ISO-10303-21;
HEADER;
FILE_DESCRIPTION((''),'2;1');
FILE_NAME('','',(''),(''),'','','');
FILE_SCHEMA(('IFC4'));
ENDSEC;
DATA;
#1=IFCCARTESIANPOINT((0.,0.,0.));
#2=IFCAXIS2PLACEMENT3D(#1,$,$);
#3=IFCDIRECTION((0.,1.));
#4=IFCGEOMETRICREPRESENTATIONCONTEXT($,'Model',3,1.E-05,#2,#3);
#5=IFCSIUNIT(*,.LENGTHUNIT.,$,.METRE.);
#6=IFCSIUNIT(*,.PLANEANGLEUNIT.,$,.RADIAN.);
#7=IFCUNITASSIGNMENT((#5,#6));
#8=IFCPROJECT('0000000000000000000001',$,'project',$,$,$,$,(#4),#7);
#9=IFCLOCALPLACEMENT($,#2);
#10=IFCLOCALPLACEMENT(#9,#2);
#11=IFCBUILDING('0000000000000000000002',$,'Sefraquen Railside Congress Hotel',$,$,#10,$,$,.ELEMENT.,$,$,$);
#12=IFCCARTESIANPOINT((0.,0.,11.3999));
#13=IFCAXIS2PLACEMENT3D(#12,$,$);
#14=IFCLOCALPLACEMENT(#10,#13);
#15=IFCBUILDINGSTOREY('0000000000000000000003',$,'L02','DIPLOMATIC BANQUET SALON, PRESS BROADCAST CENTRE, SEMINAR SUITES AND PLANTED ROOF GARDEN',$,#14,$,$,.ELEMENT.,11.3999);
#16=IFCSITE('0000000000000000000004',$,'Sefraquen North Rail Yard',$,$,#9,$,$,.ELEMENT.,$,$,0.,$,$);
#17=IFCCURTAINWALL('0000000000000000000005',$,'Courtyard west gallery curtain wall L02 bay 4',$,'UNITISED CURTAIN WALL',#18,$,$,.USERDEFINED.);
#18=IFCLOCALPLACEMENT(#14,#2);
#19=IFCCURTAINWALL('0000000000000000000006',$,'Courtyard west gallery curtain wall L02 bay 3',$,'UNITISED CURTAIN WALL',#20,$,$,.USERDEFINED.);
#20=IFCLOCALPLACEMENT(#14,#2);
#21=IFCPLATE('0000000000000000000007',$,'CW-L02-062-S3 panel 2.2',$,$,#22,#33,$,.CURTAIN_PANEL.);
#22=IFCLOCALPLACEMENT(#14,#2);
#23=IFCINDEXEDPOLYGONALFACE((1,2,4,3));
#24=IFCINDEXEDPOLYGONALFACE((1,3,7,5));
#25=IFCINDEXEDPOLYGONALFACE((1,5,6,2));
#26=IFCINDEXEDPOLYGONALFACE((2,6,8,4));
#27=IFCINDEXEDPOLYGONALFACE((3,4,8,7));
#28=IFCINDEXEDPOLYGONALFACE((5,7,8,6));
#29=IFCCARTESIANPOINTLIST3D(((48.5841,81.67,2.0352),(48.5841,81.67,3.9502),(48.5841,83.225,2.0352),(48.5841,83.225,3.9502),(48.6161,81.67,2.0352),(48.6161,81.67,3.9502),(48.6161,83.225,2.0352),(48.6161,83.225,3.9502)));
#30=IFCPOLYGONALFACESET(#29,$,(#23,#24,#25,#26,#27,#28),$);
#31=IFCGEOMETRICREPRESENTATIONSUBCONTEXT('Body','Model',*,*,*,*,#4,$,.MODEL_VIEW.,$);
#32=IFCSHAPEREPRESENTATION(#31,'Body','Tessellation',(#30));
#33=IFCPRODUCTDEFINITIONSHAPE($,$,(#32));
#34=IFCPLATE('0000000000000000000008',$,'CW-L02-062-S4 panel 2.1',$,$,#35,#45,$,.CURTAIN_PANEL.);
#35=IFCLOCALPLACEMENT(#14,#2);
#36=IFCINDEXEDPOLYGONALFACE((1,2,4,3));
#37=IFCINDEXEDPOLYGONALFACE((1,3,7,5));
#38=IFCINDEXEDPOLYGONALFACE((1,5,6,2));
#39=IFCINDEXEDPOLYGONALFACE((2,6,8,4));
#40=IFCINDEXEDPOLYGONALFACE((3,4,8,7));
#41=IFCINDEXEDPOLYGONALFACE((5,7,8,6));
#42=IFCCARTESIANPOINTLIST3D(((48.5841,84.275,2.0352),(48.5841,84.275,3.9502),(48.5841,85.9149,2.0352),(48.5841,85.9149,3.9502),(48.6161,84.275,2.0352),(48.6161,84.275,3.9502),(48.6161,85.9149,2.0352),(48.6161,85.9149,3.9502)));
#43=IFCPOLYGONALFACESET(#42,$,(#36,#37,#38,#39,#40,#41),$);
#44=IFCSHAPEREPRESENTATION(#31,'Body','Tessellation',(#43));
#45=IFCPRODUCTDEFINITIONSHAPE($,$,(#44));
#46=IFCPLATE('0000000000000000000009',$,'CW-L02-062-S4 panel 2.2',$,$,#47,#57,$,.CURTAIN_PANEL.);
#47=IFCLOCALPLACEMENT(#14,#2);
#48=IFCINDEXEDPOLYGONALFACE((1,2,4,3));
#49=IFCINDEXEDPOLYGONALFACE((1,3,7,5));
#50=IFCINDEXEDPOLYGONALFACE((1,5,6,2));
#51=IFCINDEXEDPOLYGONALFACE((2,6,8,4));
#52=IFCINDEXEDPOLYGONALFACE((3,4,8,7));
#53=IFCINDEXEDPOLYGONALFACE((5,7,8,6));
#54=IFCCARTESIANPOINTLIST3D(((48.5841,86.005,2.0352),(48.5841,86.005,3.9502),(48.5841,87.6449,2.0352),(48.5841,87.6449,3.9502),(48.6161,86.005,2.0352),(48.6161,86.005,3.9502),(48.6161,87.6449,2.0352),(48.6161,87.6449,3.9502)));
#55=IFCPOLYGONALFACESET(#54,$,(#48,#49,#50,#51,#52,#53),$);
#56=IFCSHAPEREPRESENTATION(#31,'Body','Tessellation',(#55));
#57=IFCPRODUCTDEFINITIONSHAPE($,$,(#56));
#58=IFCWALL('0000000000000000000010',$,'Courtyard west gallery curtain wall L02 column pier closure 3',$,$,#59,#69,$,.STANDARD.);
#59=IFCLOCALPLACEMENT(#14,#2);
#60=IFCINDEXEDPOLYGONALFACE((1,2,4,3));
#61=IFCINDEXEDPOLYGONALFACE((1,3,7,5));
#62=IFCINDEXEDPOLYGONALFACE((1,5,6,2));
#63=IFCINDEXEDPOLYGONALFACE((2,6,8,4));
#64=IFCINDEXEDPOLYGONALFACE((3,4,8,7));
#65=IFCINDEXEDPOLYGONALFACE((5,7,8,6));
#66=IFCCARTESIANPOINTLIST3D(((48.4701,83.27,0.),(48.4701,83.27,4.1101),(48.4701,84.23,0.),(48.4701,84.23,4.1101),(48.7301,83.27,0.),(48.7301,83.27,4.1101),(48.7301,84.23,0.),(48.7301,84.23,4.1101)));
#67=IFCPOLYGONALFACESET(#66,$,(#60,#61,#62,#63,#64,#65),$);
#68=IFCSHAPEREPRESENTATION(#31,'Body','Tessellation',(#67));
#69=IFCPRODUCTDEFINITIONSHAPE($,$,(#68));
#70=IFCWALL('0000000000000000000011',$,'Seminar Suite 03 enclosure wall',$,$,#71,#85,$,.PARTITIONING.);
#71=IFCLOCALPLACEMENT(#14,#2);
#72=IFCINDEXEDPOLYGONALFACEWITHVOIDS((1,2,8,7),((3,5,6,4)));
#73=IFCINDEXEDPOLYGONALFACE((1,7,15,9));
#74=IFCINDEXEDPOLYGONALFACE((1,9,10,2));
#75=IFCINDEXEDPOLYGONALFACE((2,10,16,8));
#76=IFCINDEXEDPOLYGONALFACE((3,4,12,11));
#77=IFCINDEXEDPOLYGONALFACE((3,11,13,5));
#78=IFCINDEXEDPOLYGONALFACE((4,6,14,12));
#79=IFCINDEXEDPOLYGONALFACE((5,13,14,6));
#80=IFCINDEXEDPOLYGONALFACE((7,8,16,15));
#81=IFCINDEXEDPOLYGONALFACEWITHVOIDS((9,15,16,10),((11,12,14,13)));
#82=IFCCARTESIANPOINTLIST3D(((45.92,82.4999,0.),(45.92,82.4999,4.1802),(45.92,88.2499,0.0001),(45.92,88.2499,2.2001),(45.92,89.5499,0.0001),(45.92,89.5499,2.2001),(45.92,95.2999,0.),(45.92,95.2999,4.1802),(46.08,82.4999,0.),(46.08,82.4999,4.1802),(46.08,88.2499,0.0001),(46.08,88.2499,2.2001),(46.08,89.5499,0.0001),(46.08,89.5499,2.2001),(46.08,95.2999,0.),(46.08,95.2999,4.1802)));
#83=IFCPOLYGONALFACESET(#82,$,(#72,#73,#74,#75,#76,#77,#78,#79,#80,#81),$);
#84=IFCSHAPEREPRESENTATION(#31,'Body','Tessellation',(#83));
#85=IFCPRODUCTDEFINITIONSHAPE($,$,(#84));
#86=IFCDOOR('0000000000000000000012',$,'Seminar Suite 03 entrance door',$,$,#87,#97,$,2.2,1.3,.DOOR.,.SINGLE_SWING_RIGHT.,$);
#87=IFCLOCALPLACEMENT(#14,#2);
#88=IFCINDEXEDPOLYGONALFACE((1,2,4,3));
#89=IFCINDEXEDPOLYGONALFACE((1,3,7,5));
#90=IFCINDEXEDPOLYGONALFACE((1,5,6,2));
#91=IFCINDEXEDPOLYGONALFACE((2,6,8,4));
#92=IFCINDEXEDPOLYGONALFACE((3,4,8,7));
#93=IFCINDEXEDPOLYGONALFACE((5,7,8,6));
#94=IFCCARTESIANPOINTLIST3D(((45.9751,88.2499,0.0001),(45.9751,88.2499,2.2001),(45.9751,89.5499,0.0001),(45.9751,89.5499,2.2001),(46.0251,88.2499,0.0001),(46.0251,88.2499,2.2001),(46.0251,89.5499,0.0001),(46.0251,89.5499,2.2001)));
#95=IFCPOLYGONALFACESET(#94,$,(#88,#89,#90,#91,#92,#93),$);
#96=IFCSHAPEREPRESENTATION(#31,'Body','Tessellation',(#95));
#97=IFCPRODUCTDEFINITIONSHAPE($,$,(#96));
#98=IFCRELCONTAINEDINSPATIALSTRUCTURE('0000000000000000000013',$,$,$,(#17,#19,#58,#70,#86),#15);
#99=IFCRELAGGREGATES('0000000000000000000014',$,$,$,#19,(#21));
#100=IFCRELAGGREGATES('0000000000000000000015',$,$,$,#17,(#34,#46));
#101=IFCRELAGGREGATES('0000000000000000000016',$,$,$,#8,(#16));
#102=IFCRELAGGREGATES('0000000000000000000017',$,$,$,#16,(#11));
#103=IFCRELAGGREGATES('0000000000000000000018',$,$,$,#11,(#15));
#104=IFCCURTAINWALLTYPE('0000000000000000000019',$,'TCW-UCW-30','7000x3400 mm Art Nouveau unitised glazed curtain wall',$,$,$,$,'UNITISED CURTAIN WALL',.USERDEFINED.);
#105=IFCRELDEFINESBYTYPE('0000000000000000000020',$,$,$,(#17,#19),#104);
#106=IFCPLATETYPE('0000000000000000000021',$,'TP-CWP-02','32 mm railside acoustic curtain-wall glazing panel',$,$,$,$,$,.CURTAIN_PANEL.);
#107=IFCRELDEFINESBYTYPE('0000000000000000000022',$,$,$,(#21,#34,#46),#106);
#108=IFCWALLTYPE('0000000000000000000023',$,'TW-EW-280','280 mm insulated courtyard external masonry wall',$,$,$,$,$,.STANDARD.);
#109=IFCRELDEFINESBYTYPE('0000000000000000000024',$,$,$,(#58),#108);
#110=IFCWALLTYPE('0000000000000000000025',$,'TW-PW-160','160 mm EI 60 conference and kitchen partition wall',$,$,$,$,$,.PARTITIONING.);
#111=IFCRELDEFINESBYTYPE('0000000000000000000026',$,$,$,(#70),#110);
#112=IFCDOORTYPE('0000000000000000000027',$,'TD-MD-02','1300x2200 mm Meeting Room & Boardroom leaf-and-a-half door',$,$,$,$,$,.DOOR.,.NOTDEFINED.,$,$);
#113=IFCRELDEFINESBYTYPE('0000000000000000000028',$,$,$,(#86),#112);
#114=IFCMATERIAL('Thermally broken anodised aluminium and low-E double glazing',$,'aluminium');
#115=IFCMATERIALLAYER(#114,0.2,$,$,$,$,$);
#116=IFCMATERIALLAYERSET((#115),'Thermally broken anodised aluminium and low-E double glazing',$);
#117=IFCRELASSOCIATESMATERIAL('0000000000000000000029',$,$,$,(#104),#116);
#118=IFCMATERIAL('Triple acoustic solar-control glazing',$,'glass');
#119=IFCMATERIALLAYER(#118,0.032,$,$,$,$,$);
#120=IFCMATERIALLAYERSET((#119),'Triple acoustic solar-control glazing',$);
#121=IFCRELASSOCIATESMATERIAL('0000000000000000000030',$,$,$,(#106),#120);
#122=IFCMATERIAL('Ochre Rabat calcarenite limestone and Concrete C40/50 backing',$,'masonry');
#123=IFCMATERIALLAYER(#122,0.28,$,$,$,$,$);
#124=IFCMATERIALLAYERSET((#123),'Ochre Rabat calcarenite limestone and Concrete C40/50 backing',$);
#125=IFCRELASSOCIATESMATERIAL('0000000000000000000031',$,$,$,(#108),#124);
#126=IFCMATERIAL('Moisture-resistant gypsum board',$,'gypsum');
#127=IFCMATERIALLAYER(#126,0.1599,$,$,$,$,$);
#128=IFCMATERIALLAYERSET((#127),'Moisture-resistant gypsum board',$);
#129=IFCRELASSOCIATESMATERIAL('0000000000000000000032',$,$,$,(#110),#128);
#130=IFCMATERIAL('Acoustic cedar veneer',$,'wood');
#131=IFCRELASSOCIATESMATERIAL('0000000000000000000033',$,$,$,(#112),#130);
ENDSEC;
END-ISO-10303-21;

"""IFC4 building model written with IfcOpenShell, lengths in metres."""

from ifc_helpers import new_model, si_unit, direction, frame, frame_2d, origin, origin_2d, place, context, subcontext, project, spatial, rectangle, extrude, material, layer, layer_set, type_object, element, fill, aggregate, save


model = new_model("IFC4")

# Units and contexts
model_context = context("Model", 3, precision=1e-05, world=origin(), true_north=direction((0.0, 1.0)))
body_context = subcontext(model_context, "Body", "Model", "MODEL_VIEW")
ifc_project = project(units=[si_unit("LENGTHUNIT", "METRE"), si_unit("PLANEANGLEUNIT", "RADIAN")], contexts=[model_context])

# Site, building, storey
site_placement = place(None, origin())
site = spatial("IfcSite", under=ifc_project, at=site_placement, Name="Sefraquen North Rail Yard", CompositionType="ELEMENT", RefElevation=0.0)
building_placement = place(site_placement, origin())
building = spatial("IfcBuilding", under=site, at=building_placement, Name="Sefraquen Railside Congress Hotel", CompositionType="ELEMENT")
storey_placement = place(building_placement, frame((0.0, 0.0, 11.3999)))
storey = spatial("IfcBuildingStorey", under=building, at=storey_placement, Name="L02", Description="DIPLOMATIC BANQUET SALON, PRESS BROADCAST CENTRE, SEMINAR SUITES AND PLANTED ROOF GARDEN", CompositionType="ELEMENT", Elevation=11.3999)

# Curtain walls
ifc_material_1 = material(Name="Thermally broken anodised aluminium and low-E double glazing", Category="aluminium")
ifc_layer_1 = layer(ifc_material_1, 0.2)
ifc_layer_set_1 = layer_set([ifc_layer_1], Name="Thermally broken anodised aluminium and low-E double glazing")
curtain_wall_type_1 = type_object("IfcCurtainWallType", Name="TCW-UCW-30", Description="7000x3400 mm Art Nouveau unitised glazed curtain wall", ElementType="UNITISED CURTAIN WALL", PredefinedType="USERDEFINED", material=ifc_layer_set_1)
curtain_wall_1_placement = place(storey_placement, origin())
curtain_wall_1 = element("IfcCurtainWall", 1, at=curtain_wall_1_placement, inside=storey, type_object=curtain_wall_type_1, Name="Courtyard west gallery curtain wall L02 bay 4", ObjectType="UNITISED CURTAIN WALL", PredefinedType="USERDEFINED")
curtain_wall_2_placement = place(storey_placement, origin())
curtain_wall_2 = element("IfcCurtainWall", 2, at=curtain_wall_2_placement, inside=storey, type_object=curtain_wall_type_1, Name="Courtyard west gallery curtain wall L02 bay 3", ObjectType="UNITISED CURTAIN WALL", PredefinedType="USERDEFINED")

# Plates
ifc_material_2 = material(Name="Triple acoustic solar-control glazing", Category="glass")
ifc_layer_2 = layer(ifc_material_2, 0.032)
ifc_layer_set_2 = layer_set([ifc_layer_2], Name="Triple acoustic solar-control glazing")
plate_type_1 = type_object("IfcPlateType", Name="TP-CWP-02", Description="32 mm railside acoustic curtain-wall glazing panel", PredefinedType="CURTAIN_PANEL", material=ifc_layer_set_2)
plate_1_placement = place(storey_placement, frame((48.6001, 82.4475, 2.0352), z_axis=(0.0, 0.0, 1.0), x_axis=(0.0, 1.0, 0.0)))
plate_1 = element("IfcPlate", 3, at=plate_1_placement, type_object=plate_type_1, Name="CW-L02-062-S3 panel 2.2", PredefinedType="CURTAIN_PANEL", context=body_context, shape_type="SweptSolid", body=[
    extrude(rectangle(XDim=1.5549, YDim=0.032, at=origin_2d()), origin(), (0.0, 0.0, 1.0), 1.915),
])
aggregate(curtain_wall_2, [plate_1])
plate_2_placement = place(storey_placement, frame((48.6001, 85.095, 2.0352), z_axis=(0.0, 0.0, 1.0), x_axis=(0.0, 1.0, 0.0)))
plate_2 = element("IfcPlate", 4, at=plate_2_placement, type_object=plate_type_1, Name="CW-L02-062-S4 panel 2.1", PredefinedType="CURTAIN_PANEL", context=body_context, shape_type="SweptSolid", body=[
    extrude(rectangle(XDim=1.6399, YDim=0.032, at=origin_2d()), origin(), (0.0, 0.0, 1.0), 1.915),
])
plate_3_placement = place(storey_placement, frame((48.6001, 86.825, 2.0352), z_axis=(0.0, 0.0, 1.0), x_axis=(0.0, 1.0, 0.0)))
plate_3 = element("IfcPlate", 5, at=plate_3_placement, type_object=plate_type_1, Name="CW-L02-062-S4 panel 2.2", PredefinedType="CURTAIN_PANEL", context=body_context, shape_type="SweptSolid", body=[
    extrude(rectangle(XDim=1.6399, YDim=0.032, at=origin_2d()), origin(), (0.0, 0.0, 1.0), 1.915),
])
aggregate(curtain_wall_1, [plate_2, plate_3])

# Wall
ifc_material_3 = material(Name="Ochre Rabat calcarenite limestone and Concrete C40/50 backing", Category="masonry")
ifc_layer_3 = layer(ifc_material_3, 0.28)
ifc_layer_set_3 = layer_set([ifc_layer_3], Name="Ochre Rabat calcarenite limestone and Concrete C40/50 backing")
wall_type_1 = type_object("IfcWallType", Name="TW-EW-280", Description="280 mm insulated courtyard external masonry wall", PredefinedType="STANDARD", material=ifc_layer_set_3)
wall_1_placement = place(storey_placement, frame((48.6001, 83.27, 0.0), z_axis=(0.0, 0.0, 1.0), x_axis=(0.0, 1.0, 0.0)))
element("IfcWall", 6, at=wall_1_placement, inside=storey, type_object=wall_type_1, Name="Courtyard west gallery curtain wall L02 column pier closure 3", PredefinedType="STANDARD", context=body_context, shape_type="SweptSolid", body=[
    extrude(rectangle(XDim=0.96, YDim=0.26, at=frame_2d((0.48, 0.0))), origin(), (0.0, 0.0, 1.0), 4.1101),
])

# Wall, opening, door
ifc_material_4 = material(Name="Moisture-resistant gypsum board", Category="gypsum")
ifc_layer_4 = layer(ifc_material_4, 0.1599)
ifc_layer_set_4 = layer_set([ifc_layer_4], Name="Moisture-resistant gypsum board")
wall_type_2 = type_object("IfcWallType", Name="TW-PW-160", Description="160 mm EI 60 conference and kitchen partition wall", PredefinedType="PARTITIONING", material=ifc_layer_set_4)
wall_2_placement = place(storey_placement, frame((46.0, 82.5, 0.0), z_axis=(0.0, 0.0, 1.0), x_axis=(0.0, 1.0, 0.0)))
wall_2 = element("IfcWall", 7, at=wall_2_placement, inside=storey, type_object=wall_type_2, Name="Seminar Suite 03 enclosure wall", PredefinedType="PARTITIONING", context=body_context, shape_type="SweptSolid", body=[
    extrude(rectangle(XDim=12.8, YDim=0.1599, at=frame_2d((6.3999, 0.0))), origin(), (0.0, 0.0, 1.0), 4.1802),
])
opening_placement = place(wall_2_placement, frame((5.75, 0.0, 0.0)))
opening = element("IfcOpeningElement", 8, at=opening_placement, cuts=wall_2, PredefinedType="OPENING", context=body_context, shape_type="SweptSolid", body=[
    extrude(rectangle(XDim=1.3, YDim=2.2, at=frame_2d((0.6499, 1.1001))), frame((0.0, 0.0898, 0.0), z_axis=(0.0, -1.0, 0.0), x_axis=(1.0, 0.0, 0.0)), (0.0, 0.0, 1.0), 0.1799),
])
ifc_material_5 = material(Name="Acoustic cedar veneer", Category="wood")
door_type = type_object("IfcDoorType", Name="TD-MD-02", Description="1300x2200 mm Meeting Room & Boardroom leaf-and-a-half door", OperationType="NOTDEFINED", PredefinedType="DOOR", material=ifc_material_5)
door_placement = place(opening_placement, origin())
door = element("IfcDoor", 9, at=door_placement, inside=storey, type_object=door_type, Name="Seminar Suite 03 entrance door", OperationType="SINGLE_SWING_RIGHT", OverallHeight=2.2, OverallWidth=1.3, PredefinedType="DOOR", context=body_context, shape_type="SweptSolid", body=[
    extrude(rectangle(XDim=1.3, YDim=2.2, at=frame_2d((0.6499, 1.1001))), frame((0.0, 0.0249, 0.0), z_axis=(0.0, -1.0, 0.0), x_axis=(1.0, 0.0, 0.0)), (0.0, 0.0, 1.0), 0.05),
])
fill(opening, door)

save(model, "model.ifc")
